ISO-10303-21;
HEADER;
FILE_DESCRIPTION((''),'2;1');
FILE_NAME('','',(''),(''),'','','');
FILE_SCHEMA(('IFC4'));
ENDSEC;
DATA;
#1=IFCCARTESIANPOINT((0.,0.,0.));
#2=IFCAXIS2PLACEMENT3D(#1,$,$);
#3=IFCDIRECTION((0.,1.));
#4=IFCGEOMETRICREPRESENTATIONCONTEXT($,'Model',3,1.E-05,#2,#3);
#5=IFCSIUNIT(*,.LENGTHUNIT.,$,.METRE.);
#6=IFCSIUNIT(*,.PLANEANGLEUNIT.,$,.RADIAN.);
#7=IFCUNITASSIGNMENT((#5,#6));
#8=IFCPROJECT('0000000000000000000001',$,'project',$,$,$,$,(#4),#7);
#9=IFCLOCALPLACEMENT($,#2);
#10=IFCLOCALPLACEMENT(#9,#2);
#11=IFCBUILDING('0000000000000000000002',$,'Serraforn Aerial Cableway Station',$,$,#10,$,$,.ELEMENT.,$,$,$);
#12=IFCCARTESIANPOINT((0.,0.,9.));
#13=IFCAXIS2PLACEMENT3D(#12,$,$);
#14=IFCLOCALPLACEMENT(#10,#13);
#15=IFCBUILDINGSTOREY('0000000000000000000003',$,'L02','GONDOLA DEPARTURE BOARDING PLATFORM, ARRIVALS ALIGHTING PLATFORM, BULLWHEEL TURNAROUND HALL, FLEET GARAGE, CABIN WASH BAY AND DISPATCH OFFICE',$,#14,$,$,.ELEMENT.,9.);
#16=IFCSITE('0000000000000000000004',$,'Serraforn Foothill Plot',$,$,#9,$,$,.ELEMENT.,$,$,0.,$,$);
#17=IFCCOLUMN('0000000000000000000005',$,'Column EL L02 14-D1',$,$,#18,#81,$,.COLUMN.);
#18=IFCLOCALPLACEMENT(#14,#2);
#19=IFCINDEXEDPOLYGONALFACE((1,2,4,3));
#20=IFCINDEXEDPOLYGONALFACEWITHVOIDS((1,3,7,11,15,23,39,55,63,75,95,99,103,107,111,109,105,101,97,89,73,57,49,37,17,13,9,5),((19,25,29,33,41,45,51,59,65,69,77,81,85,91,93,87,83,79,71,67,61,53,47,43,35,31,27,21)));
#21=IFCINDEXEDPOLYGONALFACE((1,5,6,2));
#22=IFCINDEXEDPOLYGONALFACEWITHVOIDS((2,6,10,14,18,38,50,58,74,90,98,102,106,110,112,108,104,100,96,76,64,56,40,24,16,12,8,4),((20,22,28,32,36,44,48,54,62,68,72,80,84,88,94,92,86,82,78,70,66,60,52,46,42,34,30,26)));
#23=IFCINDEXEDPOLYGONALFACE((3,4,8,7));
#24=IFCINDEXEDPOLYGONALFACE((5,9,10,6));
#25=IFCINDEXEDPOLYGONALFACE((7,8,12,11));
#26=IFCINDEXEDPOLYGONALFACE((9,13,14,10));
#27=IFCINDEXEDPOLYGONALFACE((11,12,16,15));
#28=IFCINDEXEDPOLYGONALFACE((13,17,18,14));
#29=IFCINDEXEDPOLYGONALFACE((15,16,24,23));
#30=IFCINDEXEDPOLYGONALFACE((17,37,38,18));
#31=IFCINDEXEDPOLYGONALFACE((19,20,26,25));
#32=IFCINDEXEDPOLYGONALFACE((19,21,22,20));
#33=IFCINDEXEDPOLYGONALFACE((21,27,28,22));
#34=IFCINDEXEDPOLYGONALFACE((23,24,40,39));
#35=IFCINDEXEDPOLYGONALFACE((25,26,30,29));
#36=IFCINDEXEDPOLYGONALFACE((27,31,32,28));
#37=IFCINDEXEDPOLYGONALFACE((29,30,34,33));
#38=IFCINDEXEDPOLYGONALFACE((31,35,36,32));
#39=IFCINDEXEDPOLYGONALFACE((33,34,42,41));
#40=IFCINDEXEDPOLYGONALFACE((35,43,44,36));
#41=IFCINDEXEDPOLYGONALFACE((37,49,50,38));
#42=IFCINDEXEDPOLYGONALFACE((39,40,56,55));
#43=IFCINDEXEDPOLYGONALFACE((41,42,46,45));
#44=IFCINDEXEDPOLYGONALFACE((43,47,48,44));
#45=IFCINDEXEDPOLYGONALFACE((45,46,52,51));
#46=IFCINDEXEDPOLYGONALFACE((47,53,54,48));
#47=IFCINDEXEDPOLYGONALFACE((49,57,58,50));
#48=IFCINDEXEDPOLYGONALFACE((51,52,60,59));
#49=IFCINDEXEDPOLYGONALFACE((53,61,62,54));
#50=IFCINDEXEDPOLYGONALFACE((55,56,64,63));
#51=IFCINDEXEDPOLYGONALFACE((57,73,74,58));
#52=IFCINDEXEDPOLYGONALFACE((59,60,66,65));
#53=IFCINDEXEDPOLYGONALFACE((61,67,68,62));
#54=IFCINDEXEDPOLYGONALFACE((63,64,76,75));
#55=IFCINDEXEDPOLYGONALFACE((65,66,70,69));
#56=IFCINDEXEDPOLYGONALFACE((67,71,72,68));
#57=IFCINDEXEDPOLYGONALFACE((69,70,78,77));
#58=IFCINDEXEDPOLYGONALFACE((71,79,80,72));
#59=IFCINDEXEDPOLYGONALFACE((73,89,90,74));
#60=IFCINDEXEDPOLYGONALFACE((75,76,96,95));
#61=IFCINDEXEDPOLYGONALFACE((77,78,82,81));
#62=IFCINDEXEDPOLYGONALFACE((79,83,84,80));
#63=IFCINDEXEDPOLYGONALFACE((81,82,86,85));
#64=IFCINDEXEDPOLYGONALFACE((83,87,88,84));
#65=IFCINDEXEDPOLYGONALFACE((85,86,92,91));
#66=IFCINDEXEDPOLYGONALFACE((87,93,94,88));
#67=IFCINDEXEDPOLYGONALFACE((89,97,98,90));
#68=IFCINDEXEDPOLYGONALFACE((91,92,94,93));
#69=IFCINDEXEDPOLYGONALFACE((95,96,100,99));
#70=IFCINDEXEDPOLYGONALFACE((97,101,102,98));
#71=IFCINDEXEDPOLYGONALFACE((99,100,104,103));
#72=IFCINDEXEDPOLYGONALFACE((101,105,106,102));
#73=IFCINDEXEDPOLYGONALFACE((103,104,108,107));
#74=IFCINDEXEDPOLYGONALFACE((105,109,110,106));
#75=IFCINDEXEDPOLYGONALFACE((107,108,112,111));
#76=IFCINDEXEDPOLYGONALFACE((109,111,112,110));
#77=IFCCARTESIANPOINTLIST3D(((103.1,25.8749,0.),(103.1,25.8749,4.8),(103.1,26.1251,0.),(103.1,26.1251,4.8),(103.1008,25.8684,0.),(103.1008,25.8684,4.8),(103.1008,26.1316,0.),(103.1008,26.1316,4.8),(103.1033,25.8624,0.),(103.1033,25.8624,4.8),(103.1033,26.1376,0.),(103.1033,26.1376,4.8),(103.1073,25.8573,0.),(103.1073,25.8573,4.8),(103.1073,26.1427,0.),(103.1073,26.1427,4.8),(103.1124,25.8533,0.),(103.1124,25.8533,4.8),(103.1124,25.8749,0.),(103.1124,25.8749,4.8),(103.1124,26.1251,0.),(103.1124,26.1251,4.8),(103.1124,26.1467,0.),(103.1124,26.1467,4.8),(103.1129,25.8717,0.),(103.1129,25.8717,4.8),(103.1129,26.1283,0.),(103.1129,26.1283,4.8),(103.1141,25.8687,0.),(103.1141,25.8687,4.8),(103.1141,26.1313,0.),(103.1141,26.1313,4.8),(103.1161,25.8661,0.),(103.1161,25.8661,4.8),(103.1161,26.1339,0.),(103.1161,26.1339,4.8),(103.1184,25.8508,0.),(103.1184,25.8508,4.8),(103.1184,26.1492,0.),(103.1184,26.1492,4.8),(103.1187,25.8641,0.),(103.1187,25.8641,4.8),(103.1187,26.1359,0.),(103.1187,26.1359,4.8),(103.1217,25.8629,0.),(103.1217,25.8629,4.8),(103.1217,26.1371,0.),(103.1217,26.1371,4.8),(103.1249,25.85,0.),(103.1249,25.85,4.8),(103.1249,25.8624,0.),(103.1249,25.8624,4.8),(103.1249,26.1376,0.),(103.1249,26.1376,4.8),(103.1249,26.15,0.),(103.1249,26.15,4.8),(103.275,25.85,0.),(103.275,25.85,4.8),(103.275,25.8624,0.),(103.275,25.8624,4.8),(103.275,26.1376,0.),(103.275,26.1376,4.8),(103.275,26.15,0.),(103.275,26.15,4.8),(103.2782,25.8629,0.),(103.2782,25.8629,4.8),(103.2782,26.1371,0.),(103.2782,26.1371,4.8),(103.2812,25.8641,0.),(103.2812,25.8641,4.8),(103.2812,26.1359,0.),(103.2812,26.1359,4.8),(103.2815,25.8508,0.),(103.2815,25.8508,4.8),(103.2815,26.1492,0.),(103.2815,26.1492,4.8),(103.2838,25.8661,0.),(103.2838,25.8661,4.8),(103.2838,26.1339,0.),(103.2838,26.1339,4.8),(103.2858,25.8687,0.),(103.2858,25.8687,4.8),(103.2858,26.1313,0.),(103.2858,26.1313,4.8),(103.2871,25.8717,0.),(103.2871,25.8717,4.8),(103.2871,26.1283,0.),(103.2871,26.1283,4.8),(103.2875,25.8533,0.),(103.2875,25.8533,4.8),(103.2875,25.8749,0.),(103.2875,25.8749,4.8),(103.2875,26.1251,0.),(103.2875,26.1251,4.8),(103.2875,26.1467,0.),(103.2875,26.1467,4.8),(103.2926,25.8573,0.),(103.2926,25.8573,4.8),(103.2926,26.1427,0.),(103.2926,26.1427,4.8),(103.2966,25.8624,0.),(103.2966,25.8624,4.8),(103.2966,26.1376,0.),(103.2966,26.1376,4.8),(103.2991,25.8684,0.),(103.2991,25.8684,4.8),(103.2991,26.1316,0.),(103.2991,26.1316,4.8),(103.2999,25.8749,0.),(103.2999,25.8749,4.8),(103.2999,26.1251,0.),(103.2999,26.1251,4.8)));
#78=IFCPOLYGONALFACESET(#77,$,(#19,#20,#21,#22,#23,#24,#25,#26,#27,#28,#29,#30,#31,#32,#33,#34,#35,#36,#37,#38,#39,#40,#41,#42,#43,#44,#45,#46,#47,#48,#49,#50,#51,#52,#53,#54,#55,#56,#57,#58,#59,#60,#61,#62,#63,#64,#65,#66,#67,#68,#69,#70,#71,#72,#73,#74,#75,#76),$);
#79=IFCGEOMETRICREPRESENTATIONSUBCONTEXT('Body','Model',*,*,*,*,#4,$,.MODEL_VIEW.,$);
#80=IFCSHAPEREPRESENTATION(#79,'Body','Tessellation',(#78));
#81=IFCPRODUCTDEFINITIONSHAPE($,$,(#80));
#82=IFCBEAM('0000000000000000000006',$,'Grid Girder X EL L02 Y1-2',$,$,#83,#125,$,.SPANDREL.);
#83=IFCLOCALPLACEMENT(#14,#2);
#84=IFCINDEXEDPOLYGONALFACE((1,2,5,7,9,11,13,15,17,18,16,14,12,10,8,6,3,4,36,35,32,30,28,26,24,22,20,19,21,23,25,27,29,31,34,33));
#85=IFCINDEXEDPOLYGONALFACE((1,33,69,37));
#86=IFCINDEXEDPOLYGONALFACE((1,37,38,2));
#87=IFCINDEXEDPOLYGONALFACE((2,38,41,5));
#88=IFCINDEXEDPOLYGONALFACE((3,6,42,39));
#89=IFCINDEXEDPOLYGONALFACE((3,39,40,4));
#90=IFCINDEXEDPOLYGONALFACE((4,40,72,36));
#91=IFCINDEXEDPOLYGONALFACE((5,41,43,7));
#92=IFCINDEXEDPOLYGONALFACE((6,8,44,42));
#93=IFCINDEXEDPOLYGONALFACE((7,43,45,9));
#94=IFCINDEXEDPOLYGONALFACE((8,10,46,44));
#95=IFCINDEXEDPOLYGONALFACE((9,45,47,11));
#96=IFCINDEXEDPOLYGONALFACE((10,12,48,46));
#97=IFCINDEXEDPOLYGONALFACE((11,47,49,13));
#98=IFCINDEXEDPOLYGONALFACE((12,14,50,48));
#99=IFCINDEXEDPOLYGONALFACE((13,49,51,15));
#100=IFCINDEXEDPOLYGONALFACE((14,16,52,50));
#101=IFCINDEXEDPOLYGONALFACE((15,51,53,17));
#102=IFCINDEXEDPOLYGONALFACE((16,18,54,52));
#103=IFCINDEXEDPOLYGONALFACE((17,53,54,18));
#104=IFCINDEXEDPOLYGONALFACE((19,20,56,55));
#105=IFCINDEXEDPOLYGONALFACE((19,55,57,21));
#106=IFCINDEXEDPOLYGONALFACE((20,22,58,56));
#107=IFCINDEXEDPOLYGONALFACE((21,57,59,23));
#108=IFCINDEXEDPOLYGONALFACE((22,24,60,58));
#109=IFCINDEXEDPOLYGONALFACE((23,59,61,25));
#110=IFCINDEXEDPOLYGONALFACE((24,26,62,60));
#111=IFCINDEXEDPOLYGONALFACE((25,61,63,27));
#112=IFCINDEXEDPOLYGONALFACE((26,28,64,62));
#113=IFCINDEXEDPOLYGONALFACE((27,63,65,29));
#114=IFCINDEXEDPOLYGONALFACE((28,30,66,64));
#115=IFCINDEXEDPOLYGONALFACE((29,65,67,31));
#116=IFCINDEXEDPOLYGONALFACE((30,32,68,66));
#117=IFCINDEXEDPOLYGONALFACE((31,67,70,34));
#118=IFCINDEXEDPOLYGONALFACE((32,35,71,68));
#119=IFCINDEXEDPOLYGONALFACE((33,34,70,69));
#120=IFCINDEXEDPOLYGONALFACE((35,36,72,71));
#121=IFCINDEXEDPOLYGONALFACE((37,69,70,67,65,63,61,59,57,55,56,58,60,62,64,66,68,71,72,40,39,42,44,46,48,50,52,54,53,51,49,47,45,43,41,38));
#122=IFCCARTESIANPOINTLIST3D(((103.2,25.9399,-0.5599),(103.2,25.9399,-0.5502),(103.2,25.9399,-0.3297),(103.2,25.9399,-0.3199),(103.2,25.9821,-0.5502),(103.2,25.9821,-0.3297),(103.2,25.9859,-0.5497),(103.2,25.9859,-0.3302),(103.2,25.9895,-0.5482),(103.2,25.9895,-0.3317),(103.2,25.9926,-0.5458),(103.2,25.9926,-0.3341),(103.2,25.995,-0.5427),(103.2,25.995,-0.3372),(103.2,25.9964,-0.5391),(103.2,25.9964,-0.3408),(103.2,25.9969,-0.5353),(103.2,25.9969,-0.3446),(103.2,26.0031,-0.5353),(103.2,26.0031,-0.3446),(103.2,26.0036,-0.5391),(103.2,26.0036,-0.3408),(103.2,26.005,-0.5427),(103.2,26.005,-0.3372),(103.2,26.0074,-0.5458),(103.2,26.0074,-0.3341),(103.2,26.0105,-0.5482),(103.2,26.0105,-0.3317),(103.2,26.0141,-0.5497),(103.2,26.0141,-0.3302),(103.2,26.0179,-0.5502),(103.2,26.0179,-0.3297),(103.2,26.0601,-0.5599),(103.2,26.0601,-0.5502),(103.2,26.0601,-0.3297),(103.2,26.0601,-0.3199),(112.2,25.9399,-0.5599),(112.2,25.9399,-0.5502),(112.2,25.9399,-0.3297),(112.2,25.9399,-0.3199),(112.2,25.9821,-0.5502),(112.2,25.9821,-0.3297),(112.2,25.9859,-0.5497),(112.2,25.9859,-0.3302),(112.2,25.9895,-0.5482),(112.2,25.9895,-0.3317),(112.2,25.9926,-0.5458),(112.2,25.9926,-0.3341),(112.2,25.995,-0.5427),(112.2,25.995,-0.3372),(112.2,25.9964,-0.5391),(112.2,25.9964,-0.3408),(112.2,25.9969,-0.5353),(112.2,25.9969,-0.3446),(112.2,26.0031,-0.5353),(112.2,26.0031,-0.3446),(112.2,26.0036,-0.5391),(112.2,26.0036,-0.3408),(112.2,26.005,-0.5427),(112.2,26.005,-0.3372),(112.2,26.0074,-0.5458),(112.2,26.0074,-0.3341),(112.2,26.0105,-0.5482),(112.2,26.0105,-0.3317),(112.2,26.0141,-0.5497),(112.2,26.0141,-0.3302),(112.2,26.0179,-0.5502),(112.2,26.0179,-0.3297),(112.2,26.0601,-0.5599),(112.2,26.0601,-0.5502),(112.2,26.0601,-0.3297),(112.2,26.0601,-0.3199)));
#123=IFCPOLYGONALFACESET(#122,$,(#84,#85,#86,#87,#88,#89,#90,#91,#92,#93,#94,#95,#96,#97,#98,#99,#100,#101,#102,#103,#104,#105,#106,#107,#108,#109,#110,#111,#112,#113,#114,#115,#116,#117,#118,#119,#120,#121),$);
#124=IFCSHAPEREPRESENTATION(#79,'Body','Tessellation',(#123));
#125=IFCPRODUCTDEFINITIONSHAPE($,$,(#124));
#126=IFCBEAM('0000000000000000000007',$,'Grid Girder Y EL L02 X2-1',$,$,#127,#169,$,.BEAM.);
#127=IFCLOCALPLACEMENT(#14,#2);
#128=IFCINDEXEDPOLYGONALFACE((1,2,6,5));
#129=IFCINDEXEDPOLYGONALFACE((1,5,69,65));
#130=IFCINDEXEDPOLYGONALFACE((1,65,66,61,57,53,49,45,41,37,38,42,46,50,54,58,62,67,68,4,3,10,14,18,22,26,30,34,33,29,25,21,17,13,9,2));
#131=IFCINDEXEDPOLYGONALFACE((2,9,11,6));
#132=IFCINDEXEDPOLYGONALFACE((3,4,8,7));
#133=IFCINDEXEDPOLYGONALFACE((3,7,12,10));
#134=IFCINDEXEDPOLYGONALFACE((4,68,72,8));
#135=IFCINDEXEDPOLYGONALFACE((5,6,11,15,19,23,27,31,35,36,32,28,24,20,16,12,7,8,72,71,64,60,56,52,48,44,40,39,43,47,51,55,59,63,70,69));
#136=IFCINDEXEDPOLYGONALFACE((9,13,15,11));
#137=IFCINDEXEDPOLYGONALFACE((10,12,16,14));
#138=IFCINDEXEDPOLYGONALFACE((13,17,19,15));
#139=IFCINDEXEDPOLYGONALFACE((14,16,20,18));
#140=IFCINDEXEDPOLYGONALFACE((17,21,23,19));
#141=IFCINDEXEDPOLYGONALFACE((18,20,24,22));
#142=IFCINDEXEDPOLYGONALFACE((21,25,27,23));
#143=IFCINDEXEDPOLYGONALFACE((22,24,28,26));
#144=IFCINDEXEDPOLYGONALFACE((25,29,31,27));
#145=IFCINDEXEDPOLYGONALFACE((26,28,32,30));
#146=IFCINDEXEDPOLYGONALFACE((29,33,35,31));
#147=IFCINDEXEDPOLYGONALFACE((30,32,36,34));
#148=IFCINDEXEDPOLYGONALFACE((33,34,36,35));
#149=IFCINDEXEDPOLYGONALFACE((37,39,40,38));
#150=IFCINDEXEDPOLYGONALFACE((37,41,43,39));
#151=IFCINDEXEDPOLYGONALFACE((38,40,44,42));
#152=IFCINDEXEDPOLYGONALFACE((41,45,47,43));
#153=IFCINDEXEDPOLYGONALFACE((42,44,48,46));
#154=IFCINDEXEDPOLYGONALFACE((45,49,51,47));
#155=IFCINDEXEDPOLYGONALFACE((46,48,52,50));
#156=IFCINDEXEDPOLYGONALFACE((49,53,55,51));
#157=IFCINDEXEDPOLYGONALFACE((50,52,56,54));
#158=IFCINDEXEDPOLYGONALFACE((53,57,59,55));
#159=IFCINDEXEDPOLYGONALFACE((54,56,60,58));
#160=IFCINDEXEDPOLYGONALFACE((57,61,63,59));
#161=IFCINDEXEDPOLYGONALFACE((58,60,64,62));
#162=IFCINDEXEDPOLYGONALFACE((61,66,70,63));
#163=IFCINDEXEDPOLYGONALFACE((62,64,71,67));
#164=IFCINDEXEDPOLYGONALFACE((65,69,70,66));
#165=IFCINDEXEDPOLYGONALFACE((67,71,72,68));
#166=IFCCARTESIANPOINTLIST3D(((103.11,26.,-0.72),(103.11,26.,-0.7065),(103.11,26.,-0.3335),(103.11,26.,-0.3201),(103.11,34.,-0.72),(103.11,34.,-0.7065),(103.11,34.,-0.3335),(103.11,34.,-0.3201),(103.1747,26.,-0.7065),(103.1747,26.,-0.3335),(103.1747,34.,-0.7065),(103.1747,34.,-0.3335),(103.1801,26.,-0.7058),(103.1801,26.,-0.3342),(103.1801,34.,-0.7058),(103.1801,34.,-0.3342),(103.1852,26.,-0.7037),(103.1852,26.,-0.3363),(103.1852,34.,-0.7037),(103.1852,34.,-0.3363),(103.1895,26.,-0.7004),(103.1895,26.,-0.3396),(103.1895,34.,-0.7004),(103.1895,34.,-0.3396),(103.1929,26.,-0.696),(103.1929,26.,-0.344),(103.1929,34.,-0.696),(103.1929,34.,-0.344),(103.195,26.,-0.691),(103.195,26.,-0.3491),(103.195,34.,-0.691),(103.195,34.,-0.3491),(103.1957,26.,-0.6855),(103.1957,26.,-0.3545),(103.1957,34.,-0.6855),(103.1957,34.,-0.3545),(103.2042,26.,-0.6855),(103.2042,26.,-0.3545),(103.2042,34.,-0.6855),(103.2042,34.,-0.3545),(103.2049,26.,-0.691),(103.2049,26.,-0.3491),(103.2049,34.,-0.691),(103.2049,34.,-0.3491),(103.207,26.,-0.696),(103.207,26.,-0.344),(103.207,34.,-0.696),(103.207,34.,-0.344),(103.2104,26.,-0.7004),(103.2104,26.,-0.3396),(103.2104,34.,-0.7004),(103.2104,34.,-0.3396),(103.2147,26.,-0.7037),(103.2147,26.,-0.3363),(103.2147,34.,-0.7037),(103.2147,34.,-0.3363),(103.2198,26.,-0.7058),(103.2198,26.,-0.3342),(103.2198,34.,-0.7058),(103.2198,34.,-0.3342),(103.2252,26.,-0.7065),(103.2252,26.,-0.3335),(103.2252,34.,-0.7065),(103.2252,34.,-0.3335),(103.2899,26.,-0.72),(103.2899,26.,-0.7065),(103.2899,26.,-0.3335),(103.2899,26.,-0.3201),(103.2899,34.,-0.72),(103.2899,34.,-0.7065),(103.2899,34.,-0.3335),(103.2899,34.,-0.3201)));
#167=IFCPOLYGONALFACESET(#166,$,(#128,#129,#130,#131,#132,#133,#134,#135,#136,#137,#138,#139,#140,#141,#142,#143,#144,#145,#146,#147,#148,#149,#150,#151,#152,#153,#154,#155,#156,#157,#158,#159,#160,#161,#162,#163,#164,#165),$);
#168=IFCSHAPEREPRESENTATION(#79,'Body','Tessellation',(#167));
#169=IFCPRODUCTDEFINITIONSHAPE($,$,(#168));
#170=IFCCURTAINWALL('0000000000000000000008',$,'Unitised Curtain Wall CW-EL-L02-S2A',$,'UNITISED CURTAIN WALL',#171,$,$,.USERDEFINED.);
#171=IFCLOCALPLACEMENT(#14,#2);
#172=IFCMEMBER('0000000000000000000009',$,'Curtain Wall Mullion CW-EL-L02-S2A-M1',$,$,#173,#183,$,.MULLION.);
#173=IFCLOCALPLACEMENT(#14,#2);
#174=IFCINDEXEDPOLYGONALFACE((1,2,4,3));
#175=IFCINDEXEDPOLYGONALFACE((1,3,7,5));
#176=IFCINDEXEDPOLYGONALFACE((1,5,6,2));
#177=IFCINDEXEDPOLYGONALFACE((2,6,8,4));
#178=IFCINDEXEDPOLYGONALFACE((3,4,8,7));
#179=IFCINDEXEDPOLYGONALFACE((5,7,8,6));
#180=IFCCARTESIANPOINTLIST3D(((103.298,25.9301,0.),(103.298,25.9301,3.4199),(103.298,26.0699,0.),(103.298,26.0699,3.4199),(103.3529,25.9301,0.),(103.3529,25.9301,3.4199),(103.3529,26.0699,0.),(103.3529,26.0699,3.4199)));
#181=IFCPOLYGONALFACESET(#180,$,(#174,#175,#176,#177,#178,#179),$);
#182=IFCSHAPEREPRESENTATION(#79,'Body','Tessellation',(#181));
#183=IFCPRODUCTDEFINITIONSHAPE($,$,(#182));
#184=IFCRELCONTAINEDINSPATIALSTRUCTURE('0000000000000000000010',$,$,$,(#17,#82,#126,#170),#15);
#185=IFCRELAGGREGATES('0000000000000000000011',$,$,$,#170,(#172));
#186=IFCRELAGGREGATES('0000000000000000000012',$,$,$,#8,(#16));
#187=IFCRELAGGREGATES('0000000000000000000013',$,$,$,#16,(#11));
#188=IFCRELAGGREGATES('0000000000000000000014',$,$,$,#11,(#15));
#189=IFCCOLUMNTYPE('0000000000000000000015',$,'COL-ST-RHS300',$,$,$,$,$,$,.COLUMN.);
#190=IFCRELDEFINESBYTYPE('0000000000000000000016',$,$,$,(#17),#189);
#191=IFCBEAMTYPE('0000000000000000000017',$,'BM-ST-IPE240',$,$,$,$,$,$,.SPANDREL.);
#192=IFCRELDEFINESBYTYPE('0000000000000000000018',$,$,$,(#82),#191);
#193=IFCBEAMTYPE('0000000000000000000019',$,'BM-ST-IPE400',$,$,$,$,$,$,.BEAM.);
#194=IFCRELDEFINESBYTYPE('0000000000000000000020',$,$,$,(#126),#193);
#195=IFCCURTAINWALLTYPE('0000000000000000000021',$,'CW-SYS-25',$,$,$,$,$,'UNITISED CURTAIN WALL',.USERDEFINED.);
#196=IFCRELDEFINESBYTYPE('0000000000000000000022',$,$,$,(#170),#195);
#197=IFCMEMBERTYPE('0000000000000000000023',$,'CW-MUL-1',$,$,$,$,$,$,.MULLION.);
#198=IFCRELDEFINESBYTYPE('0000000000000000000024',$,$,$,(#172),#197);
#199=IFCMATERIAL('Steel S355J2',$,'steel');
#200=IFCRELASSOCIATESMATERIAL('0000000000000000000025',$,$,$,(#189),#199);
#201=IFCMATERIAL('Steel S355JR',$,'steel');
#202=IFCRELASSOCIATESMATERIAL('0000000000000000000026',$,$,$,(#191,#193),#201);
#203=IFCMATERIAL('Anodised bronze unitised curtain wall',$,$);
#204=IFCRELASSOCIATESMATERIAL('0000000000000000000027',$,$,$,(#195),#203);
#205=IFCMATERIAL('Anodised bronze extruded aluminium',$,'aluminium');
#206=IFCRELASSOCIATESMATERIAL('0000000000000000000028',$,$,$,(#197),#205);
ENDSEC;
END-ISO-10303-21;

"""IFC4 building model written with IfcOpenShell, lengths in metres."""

from ifc_helpers import new_model, si_unit, direction, frame, origin, origin_2d, place, context, subcontext, project, spatial, rectangle, hollow_rectangle, i_section, extrude, material, material_profile, profile_set, type_object, element, aggregate, save


model = new_model("IFC4")

# Units and contexts
model_context = context("Model", 3, precision=1e-05, world=origin(), true_north=direction((0.0, 1.0)))
body_context = subcontext(model_context, "Body", "Model", "MODEL_VIEW")
ifc_project = project(units=[si_unit("LENGTHUNIT", "METRE"), si_unit("PLANEANGLEUNIT", "RADIAN")], contexts=[model_context])

# Site, building, storey
site_placement = place(None, origin())
site = spatial("IfcSite", under=ifc_project, at=site_placement, Name="Serraforn Foothill Plot", CompositionType="ELEMENT", RefElevation=0.0)
building_placement = place(site_placement, origin())
building = spatial("IfcBuilding", under=site, at=building_placement, Name="Serraforn Aerial Cableway Station", CompositionType="ELEMENT")
storey_placement = place(building_placement, frame((0.0, 0.0, 9.0)))
storey = spatial("IfcBuildingStorey", under=building, at=storey_placement, Name="L02", Description="GONDOLA DEPARTURE BOARDING PLATFORM, ARRIVALS ALIGHTING PLATFORM, BULLWHEEL TURNAROUND HALL, FLEET GARAGE, CABIN WASH BAY AND DISPATCH OFFICE", CompositionType="ELEMENT", Elevation=9.0)

# Column
ifc_material_1 = material(Name="Steel S355J2", Category="steel")
ifc_material_profile_1 = material_profile(ifc_material_1, hollow_rectangle(XDim=0.2, YDim=0.3, WallThickness=0.0125, InnerFilletRadius=0.0125, OuterFilletRadius=0.0249, at=origin_2d()), Name="RHS 300x200x12.5")
ifc_profile_set_1 = profile_set([ifc_material_profile_1], Name="Steel S355J2")
column_type = type_object("IfcColumnType", Name="COL-ST-RHS300", PredefinedType="COLUMN", material=ifc_profile_set_1)
column_placement = place(storey_placement, frame((103.2, 26.0, 0.0), z_axis=(0.0, 0.0, 1.0), x_axis=(1.0, 0.0, 0.0)))
element("IfcColumn", 1, at=column_placement, inside=storey, type_object=column_type, Name="Column EL L02 14-D1", PredefinedType="COLUMN", context=body_context, shape_type="SweptSolid", body=[
    extrude(hollow_rectangle(XDim=0.2, YDim=0.3, WallThickness=0.0125, InnerFilletRadius=0.0125, OuterFilletRadius=0.0249, at=origin_2d()), origin(), (0.0, 0.0, 1.0), 4.8),
])

# Beams
ifc_material_2 = material(Name="Steel S355JR", Category="steel")
ifc_material_profile_2 = material_profile(ifc_material_2, i_section(OverallWidth=0.1201, OverallDepth=0.24, WebThickness=0.0061, FlangeThickness=0.0098, FilletRadius=0.0149, at=origin_2d()), Name="IPE 240")
ifc_profile_set_2 = profile_set([ifc_material_profile_2], Name="Steel S355JR")
beam_type_1 = type_object("IfcBeamType", Name="BM-ST-IPE240", PredefinedType="SPANDREL", material=ifc_profile_set_2)
beam_1_placement = place(storey_placement, frame((103.2, 26.0, -0.4399), z_axis=(1.0, 0.0, 0.0), x_axis=(0.0, 1.0, 0.0)))
element("IfcBeam", 2, at=beam_1_placement, inside=storey, type_object=beam_type_1, Name="Grid Girder X EL L02 Y1-2", PredefinedType="SPANDREL", context=body_context, shape_type="SweptSolid", body=[
    extrude(i_section(OverallWidth=0.1201, OverallDepth=0.24, WebThickness=0.0061, FlangeThickness=0.0098, FilletRadius=0.0149, at=origin_2d()), origin(), (0.0, 0.0, 1.0), 9.0),
])
ifc_material_profile_3 = material_profile(ifc_material_2, i_section(OverallWidth=0.1799, OverallDepth=0.3999, WebThickness=0.0085, FlangeThickness=0.0134, FilletRadius=0.021, at=origin_2d()), Name="IPE 400")
ifc_profile_set_3 = profile_set([ifc_material_profile_3], Name="Steel S355JR")
beam_type_2 = type_object("IfcBeamType", Name="BM-ST-IPE400", PredefinedType="BEAM", material=ifc_profile_set_3)
beam_2_placement = place(storey_placement, frame((103.2, 26.0, -0.52), z_axis=(0.0, 1.0, 0.0), x_axis=(-1.0, 0.0, 0.0)))
element("IfcBeam", 3, at=beam_2_placement, inside=storey, type_object=beam_type_2, Name="Grid Girder Y EL L02 X2-1", PredefinedType="BEAM", context=body_context, shape_type="SweptSolid", body=[
    extrude(i_section(OverallWidth=0.1799, OverallDepth=0.3999, WebThickness=0.0085, FlangeThickness=0.0134, FilletRadius=0.021, at=origin_2d()), origin(), (0.0, 0.0, 1.0), 8.0),
])

# Curtain wall, member
ifc_material_3 = material(Name="Anodised bronze unitised curtain wall")
curtain_wall_type_1 = type_object("IfcCurtainWallType", Name="CW-SYS-25", ElementType="UNITISED CURTAIN WALL", PredefinedType="USERDEFINED", material=ifc_material_3)
curtain_wall_1_placement = place(storey_placement, origin())
curtain_wall_1 = element("IfcCurtainWall", 4, at=curtain_wall_1_placement, inside=storey, type_object=curtain_wall_type_1, Name="Unitised Curtain Wall CW-EL-L02-S2A", ObjectType="UNITISED CURTAIN WALL", PredefinedType="USERDEFINED")
ifc_material_4 = material(Name="Anodised bronze extruded aluminium", Category="aluminium")
ifc_material_profile_4 = material_profile(ifc_material_4, rectangle(XDim=0.0549, YDim=0.1399, at=origin_2d()), Name="CW MULLION 55x140")
ifc_profile_set_4 = profile_set([ifc_material_profile_4], Name="Anodised bronze extruded aluminium")
member_type_1 = type_object("IfcMemberType", Name="CW-MUL-1", PredefinedType="MULLION", material=ifc_profile_set_4)
member_1_placement = place(storey_placement, frame((103.3254, 26.0, 0.0), z_axis=(0.0, 0.0, 1.0), x_axis=(1.0, 0.0, 0.0)))
member_1 = element("IfcMember", 5, at=member_1_placement, type_object=member_type_1, Name="Curtain Wall Mullion CW-EL-L02-S2A-M1", PredefinedType="MULLION", context=body_context, shape_type="SweptSolid", body=[
    extrude(rectangle(XDim=0.0549, YDim=0.1399, at=origin_2d()), origin(), (0.0, 0.0, 1.0), 3.4199),
])

aggregate(curtain_wall_1, [member_1])

save(model, "model.ifc")
